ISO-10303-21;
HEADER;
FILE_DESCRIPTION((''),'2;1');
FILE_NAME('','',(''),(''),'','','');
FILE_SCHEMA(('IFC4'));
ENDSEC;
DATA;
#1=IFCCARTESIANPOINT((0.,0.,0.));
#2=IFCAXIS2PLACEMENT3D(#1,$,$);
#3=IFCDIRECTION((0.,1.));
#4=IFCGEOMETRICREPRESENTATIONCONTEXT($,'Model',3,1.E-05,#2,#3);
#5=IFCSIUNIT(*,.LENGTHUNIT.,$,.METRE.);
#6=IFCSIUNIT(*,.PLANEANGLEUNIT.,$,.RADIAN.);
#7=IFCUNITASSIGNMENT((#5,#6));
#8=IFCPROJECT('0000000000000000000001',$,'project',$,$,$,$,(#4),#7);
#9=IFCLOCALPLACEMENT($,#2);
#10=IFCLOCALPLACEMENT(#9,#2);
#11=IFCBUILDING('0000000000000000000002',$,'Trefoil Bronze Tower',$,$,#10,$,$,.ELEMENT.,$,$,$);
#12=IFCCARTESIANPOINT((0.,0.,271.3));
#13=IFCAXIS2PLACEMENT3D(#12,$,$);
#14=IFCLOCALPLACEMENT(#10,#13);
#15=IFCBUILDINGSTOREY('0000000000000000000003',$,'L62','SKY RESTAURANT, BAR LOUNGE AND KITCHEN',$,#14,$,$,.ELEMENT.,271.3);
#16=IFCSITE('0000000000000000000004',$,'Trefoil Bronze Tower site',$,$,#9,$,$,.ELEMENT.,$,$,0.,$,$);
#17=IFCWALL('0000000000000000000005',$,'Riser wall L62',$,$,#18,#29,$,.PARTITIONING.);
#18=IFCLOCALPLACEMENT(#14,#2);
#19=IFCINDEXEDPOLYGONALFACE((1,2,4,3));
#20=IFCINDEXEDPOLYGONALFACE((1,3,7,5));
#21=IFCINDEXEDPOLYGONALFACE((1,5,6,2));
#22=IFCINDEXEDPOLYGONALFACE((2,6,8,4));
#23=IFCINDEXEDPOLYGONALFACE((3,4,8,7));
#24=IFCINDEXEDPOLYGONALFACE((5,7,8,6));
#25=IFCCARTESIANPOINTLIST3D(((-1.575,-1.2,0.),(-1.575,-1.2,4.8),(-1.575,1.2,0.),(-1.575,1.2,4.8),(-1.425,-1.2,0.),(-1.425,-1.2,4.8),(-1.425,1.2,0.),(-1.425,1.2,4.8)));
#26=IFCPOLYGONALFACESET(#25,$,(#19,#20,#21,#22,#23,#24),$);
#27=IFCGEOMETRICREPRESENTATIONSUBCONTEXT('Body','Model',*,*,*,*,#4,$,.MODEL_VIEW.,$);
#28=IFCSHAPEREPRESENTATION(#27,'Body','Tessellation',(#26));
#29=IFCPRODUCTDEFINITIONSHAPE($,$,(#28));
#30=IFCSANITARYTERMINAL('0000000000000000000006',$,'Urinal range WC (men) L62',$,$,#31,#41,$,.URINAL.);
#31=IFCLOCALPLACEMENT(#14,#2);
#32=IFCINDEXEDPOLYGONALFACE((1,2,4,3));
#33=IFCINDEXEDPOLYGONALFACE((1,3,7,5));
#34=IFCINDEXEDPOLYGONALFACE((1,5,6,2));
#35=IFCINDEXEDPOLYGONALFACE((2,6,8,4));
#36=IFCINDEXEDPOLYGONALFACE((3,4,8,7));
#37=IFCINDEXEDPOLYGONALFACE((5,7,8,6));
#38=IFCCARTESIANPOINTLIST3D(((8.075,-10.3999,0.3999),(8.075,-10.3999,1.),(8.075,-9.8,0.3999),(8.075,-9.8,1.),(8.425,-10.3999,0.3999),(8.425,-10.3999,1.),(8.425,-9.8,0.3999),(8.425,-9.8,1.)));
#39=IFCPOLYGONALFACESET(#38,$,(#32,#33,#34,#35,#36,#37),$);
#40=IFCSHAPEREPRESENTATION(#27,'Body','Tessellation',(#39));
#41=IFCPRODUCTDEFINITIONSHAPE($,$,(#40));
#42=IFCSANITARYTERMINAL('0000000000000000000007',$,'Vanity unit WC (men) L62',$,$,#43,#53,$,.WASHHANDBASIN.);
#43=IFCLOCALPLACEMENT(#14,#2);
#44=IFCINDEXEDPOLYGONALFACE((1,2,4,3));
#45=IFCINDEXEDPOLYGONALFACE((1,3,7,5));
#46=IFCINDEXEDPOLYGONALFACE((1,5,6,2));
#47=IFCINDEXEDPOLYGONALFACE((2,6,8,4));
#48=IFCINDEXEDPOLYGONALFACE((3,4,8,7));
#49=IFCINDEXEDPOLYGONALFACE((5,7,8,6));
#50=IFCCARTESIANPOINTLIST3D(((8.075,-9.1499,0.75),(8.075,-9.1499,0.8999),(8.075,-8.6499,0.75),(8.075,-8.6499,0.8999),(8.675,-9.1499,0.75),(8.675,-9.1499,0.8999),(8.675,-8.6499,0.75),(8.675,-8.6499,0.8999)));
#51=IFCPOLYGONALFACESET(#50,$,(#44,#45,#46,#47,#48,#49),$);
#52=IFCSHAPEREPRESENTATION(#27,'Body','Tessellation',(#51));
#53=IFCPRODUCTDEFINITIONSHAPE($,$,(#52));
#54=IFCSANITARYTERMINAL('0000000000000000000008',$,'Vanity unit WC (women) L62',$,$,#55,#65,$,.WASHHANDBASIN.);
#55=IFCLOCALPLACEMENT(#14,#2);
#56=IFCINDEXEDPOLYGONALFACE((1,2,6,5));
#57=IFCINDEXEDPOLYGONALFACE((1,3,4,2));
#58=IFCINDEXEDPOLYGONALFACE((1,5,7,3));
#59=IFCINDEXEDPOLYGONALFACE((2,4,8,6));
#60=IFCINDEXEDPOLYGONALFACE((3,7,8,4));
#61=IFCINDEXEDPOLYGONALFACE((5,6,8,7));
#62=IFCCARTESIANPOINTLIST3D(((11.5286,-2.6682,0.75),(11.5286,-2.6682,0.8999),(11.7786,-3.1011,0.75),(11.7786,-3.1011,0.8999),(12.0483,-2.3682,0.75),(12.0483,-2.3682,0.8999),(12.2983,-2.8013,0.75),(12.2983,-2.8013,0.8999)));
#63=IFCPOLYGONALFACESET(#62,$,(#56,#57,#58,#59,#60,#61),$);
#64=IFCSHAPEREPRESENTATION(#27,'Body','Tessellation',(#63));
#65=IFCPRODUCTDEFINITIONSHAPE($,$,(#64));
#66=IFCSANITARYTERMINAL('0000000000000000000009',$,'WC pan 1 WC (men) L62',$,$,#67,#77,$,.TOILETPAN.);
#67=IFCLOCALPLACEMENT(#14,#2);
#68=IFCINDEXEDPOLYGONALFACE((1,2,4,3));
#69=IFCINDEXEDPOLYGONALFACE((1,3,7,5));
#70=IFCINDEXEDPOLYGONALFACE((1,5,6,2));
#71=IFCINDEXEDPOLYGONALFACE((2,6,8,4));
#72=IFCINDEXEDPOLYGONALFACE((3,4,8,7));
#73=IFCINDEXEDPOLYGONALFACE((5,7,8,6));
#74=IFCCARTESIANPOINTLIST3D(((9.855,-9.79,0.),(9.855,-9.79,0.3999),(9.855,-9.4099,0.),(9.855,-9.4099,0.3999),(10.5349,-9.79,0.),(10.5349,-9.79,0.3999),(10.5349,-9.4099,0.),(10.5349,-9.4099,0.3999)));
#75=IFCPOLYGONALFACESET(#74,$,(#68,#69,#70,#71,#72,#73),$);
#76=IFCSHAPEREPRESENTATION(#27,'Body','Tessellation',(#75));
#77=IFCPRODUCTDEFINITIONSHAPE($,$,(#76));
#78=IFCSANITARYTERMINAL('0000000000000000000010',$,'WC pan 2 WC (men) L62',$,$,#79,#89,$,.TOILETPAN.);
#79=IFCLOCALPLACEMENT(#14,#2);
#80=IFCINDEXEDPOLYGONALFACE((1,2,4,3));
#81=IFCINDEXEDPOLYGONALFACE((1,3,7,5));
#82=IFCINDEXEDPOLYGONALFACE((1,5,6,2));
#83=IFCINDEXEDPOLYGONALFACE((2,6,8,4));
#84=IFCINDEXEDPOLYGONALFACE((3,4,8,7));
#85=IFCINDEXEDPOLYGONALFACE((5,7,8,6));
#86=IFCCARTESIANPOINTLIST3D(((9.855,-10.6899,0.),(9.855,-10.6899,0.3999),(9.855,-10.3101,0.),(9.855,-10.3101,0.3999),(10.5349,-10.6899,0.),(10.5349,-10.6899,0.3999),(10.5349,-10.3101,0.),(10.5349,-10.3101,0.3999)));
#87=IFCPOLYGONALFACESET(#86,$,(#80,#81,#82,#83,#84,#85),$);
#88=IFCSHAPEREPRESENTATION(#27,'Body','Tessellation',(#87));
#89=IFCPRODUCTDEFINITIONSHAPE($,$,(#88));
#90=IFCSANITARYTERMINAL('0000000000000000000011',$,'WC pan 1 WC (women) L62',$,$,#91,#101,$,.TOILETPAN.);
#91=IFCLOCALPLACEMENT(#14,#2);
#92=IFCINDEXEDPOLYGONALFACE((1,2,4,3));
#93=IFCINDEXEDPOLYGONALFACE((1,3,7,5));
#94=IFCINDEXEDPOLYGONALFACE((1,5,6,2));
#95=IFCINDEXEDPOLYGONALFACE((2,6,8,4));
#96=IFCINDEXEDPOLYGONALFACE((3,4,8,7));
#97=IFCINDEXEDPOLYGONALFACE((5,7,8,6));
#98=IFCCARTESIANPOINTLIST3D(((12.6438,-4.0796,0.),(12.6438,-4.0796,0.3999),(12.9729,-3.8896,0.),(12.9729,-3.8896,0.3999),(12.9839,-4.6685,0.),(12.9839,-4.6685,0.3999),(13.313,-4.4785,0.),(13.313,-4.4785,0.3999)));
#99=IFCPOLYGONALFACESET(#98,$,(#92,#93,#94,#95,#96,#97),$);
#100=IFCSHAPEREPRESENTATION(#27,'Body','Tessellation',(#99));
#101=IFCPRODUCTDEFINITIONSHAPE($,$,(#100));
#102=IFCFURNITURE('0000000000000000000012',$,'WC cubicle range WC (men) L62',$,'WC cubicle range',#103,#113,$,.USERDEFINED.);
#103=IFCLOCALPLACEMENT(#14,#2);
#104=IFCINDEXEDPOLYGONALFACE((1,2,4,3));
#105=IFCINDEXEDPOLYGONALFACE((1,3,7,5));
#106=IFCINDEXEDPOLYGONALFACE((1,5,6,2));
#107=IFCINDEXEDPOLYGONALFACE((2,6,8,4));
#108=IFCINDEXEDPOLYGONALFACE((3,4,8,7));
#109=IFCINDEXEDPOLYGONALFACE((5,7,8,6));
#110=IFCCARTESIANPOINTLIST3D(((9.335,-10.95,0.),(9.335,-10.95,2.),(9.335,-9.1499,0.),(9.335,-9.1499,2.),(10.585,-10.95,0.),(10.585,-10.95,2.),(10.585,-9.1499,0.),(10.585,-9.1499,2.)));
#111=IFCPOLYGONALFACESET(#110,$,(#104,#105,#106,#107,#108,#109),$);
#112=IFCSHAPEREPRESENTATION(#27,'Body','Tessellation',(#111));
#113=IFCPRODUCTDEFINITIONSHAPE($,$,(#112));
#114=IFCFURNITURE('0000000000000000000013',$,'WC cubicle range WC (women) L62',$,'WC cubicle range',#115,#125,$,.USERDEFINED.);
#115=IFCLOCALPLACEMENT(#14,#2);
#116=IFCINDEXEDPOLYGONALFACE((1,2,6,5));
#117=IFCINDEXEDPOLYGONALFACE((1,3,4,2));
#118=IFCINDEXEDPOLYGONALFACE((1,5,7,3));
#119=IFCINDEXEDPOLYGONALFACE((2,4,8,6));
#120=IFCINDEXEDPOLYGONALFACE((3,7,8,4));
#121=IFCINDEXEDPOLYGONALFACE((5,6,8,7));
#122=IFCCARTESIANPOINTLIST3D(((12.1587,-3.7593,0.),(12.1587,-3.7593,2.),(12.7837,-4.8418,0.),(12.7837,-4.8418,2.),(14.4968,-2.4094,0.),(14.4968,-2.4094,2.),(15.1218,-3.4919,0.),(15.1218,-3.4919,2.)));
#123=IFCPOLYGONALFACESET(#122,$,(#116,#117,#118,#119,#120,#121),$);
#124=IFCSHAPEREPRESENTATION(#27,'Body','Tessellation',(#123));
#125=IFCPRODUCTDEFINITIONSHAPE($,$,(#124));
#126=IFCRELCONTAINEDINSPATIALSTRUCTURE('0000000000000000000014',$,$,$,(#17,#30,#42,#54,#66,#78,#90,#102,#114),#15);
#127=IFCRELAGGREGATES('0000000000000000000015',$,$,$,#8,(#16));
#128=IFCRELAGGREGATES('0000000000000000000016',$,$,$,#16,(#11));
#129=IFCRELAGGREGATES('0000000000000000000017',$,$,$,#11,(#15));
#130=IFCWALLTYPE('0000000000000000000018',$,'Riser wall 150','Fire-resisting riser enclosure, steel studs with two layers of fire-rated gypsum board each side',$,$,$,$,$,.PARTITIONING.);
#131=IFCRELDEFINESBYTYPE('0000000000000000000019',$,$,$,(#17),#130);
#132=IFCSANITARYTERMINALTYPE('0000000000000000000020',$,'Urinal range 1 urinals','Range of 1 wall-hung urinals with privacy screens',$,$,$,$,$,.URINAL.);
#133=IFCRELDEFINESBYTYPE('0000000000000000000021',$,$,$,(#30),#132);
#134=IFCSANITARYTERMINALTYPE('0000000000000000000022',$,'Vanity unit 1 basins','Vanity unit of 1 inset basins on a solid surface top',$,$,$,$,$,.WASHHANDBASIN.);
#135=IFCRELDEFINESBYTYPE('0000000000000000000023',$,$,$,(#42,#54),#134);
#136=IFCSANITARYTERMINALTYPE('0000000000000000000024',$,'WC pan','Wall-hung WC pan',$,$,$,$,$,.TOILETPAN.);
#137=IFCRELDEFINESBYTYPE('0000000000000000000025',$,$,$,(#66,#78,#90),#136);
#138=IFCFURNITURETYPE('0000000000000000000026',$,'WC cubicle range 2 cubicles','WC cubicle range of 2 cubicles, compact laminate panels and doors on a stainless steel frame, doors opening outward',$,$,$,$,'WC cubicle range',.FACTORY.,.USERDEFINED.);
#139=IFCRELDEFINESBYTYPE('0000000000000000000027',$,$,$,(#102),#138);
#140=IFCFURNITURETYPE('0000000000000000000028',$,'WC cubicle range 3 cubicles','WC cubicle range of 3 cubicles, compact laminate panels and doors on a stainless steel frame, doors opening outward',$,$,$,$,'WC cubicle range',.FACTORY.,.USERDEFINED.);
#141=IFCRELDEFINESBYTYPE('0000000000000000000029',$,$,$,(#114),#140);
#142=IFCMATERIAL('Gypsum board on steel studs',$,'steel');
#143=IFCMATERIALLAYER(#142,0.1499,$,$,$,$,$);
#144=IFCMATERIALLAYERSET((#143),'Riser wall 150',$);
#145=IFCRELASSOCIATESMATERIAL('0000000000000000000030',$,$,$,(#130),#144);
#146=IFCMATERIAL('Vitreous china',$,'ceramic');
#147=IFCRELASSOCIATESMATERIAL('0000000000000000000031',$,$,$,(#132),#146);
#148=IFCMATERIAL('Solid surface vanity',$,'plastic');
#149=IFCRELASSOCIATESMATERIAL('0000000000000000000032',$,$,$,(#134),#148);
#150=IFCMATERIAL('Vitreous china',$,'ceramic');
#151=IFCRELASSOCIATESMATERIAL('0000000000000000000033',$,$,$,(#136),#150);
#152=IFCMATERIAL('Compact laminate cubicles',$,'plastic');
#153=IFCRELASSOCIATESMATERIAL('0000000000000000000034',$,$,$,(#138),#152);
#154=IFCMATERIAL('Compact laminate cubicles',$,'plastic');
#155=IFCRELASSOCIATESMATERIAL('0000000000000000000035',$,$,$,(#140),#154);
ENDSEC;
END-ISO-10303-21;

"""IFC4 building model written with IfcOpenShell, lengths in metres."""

from ifc_helpers import new_model, si_unit, direction, frame, frame_2d, origin, place, context, subcontext, project, spatial, polyline, rectangle, outline, extrude, material, layer, layer_set, type_object, element, save


model = new_model("IFC4")

# Units and contexts
model_context = context("Model", 3, precision=1e-05, world=origin(), true_north=direction((0.0, 1.0)))
body_context = subcontext(model_context, "Body", "Model", "MODEL_VIEW")
ifc_project = project(units=[si_unit("LENGTHUNIT", "METRE"), si_unit("PLANEANGLEUNIT", "RADIAN")], contexts=[model_context])

# Site, building, storey
site_placement = place(None, origin())
site = spatial("IfcSite", under=ifc_project, at=site_placement, Name="Trefoil Bronze Tower site", CompositionType="ELEMENT", RefElevation=0.0)
building_placement = place(site_placement, origin())
building = spatial("IfcBuilding", under=site, at=building_placement, Name="Trefoil Bronze Tower", CompositionType="ELEMENT")
storey_placement = place(building_placement, frame((0.0, 0.0, 271.3)))
storey = spatial("IfcBuildingStorey", under=building, at=storey_placement, Name="L62", Description="SKY RESTAURANT, BAR LOUNGE AND KITCHEN", CompositionType="ELEMENT", Elevation=271.3)

# Wall
ifc_material_1 = material(Name="Gypsum board on steel studs", Category="steel")
ifc_layer_1 = layer(ifc_material_1, 0.1499)
ifc_layer_set_1 = layer_set([ifc_layer_1], Name="Riser wall 150")
wall_type_1 = type_object("IfcWallType", Name="Riser wall 150", Description="Fire-resisting riser enclosure, steel studs with two layers of fire-rated gypsum board each side", PredefinedType="PARTITIONING", material=ifc_layer_set_1)
wall_placement = place(storey_placement, frame((-1.5, 1.2, 0.0), z_axis=(0.0, 0.0, 1.0), x_axis=(0.0, -1.0, 0.0)))
element("IfcWall", 1, at=wall_placement, inside=storey, type_object=wall_type_1, Name="Riser wall L62", PredefinedType="PARTITIONING", context=body_context, shape_type="SweptSolid", body=[
    extrude(rectangle(XDim=2.3999, YDim=0.1499, at=frame_2d((1.2, 0.0))), origin(), (0.0, 0.0, 1.0), 4.8),
])

# Sanitary terminals
ifc_material_2 = material(Name="Vitreous china", Category="ceramic")
sanitary_terminal_type_1 = type_object("IfcSanitaryTerminalType", Name="Urinal range 1 urinals", Description="Range of 1 wall-hung urinals with privacy screens", PredefinedType="URINAL", material=ifc_material_2)
sanitary_terminal_1_placement = place(storey_placement, frame((0.0, 0.0, 0.3999)))
element("IfcSanitaryTerminal", 2, at=sanitary_terminal_1_placement, inside=storey, type_object=sanitary_terminal_type_1, Name="Urinal range WC (men) L62", PredefinedType="URINAL", context=body_context, shape_type="SweptSolid", body=[
    extrude(outline(polyline([(8.075, -9.8), (8.425, -9.8), (8.425, -10.3999), (8.075, -10.3999), (8.075, -9.8)])), origin(), (0.0, 0.0, 1.0), 0.6001),
])
ifc_material_3 = material(Name="Solid surface vanity", Category="plastic")
sanitary_terminal_type_2 = type_object("IfcSanitaryTerminalType", Name="Vanity unit 1 basins", Description="Vanity unit of 1 inset basins on a solid surface top", PredefinedType="WASHHANDBASIN", material=ifc_material_3)
sanitary_terminal_2_placement = place(storey_placement, frame((0.0, 0.0, 0.75)))
element("IfcSanitaryTerminal", 3, at=sanitary_terminal_2_placement, inside=storey, type_object=sanitary_terminal_type_2, Name="Vanity unit WC (men) L62", PredefinedType="WASHHANDBASIN", context=body_context, shape_type="SweptSolid", body=[
    extrude(outline(polyline([(8.075, -8.6499), (8.675, -8.6499), (8.675, -9.1499), (8.075, -9.1499), (8.075, -8.6499)])), origin(), (0.0, 0.0, 1.0), 0.1499),
])
sanitary_terminal_3_placement = place(storey_placement, frame((0.0, 0.0, 0.75)))
element("IfcSanitaryTerminal", 4, at=sanitary_terminal_3_placement, inside=storey, type_object=sanitary_terminal_type_2, Name="Vanity unit WC (women) L62", PredefinedType="WASHHANDBASIN", context=body_context, shape_type="SweptSolid", body=[
    extrude(outline(polyline([(11.5286, -2.6682), (11.7786, -3.1011), (12.2983, -2.8013), (12.0483, -2.3682), (11.5286, -2.6682)])), origin(), (0.0, 0.0, 1.0), 0.1499),
])
ifc_material_4 = material(Name="Vitreous china", Category="ceramic")
sanitary_terminal_type_3 = type_object("IfcSanitaryTerminalType", Name="WC pan", Description="Wall-hung WC pan", PredefinedType="TOILETPAN", material=ifc_material_4)
sanitary_terminal_4_placement = place(storey_placement, origin())
element("IfcSanitaryTerminal", 5, at=sanitary_terminal_4_placement, inside=storey, type_object=sanitary_terminal_type_3, Name="WC pan 1 WC (men) L62", PredefinedType="TOILETPAN", context=body_context, shape_type="SweptSolid", body=[
    extrude(outline(polyline([(9.855, -9.4099), (10.5349, -9.4099), (10.5349, -9.79), (9.855, -9.79), (9.855, -9.4099)])), origin(), (0.0, 0.0, 1.0), 0.3999),
])
sanitary_terminal_5_placement = place(storey_placement, origin())
element("IfcSanitaryTerminal", 6, at=sanitary_terminal_5_placement, inside=storey, type_object=sanitary_terminal_type_3, Name="WC pan 2 WC (men) L62", PredefinedType="TOILETPAN", context=body_context, shape_type="SweptSolid", body=[
    extrude(outline(polyline([(9.855, -10.3101), (10.5349, -10.3101), (10.5349, -10.6899), (9.855, -10.6899), (9.855, -10.3101)])), origin(), (0.0, 0.0, 1.0), 0.3999),
])
sanitary_terminal_6_placement = place(storey_placement, origin())
element("IfcSanitaryTerminal", 7, at=sanitary_terminal_6_placement, inside=storey, type_object=sanitary_terminal_type_3, Name="WC pan 1 WC (women) L62", PredefinedType="TOILETPAN", context=body_context, shape_type="SweptSolid", body=[
    extrude(outline(polyline([(12.6438, -4.0796), (12.9839, -4.6685), (13.313, -4.4785), (12.9729, -3.8896), (12.6438, -4.0796)])), origin(), (0.0, 0.0, 1.0), 0.3999),
])

# Furniture
ifc_material_5 = material(Name="Compact laminate cubicles", Category="plastic")
furniture_type_1 = type_object("IfcFurnitureType", Name="WC cubicle range 2 cubicles", Description="WC cubicle range of 2 cubicles, compact laminate panels and doors on a stainless steel frame, doors opening outward", ElementType="WC cubicle range", AssemblyPlace="FACTORY", PredefinedType="USERDEFINED", material=ifc_material_5)
furniture_1_placement = place(storey_placement, origin())
element("IfcFurniture", 8, at=furniture_1_placement, inside=storey, type_object=furniture_type_1, Name="WC cubicle range WC (men) L62", ObjectType="WC cubicle range", PredefinedType="USERDEFINED", context=body_context, shape_type="SweptSolid", body=[
    extrude(outline(polyline([(9.335, -9.1499), (10.585, -9.1499), (10.585, -10.95), (9.335, -10.95), (9.335, -9.1499)])), origin(), (0.0, 0.0, 1.0), 2.0),
])
ifc_material_6 = material(Name="Compact laminate cubicles", Category="plastic")
furniture_type_2 = type_object("IfcFurnitureType", Name="WC cubicle range 3 cubicles", Description="WC cubicle range of 3 cubicles, compact laminate panels and doors on a stainless steel frame, doors opening outward", ElementType="WC cubicle range", AssemblyPlace="FACTORY", PredefinedType="USERDEFINED", material=ifc_material_6)
furniture_2_placement = place(storey_placement, origin())
element("IfcFurniture", 9, at=furniture_2_placement, inside=storey, type_object=furniture_type_2, Name="WC cubicle range WC (women) L62", ObjectType="WC cubicle range", PredefinedType="USERDEFINED", context=body_context, shape_type="SweptSolid", body=[
    extrude(outline(polyline([(12.1587, -3.7593), (12.7837, -4.8418), (15.1218, -3.4919), (14.4968, -2.4094), (12.1587, -3.7593)])), origin(), (0.0, 0.0, 1.0), 2.0),
])

save(model, "model.ifc")
